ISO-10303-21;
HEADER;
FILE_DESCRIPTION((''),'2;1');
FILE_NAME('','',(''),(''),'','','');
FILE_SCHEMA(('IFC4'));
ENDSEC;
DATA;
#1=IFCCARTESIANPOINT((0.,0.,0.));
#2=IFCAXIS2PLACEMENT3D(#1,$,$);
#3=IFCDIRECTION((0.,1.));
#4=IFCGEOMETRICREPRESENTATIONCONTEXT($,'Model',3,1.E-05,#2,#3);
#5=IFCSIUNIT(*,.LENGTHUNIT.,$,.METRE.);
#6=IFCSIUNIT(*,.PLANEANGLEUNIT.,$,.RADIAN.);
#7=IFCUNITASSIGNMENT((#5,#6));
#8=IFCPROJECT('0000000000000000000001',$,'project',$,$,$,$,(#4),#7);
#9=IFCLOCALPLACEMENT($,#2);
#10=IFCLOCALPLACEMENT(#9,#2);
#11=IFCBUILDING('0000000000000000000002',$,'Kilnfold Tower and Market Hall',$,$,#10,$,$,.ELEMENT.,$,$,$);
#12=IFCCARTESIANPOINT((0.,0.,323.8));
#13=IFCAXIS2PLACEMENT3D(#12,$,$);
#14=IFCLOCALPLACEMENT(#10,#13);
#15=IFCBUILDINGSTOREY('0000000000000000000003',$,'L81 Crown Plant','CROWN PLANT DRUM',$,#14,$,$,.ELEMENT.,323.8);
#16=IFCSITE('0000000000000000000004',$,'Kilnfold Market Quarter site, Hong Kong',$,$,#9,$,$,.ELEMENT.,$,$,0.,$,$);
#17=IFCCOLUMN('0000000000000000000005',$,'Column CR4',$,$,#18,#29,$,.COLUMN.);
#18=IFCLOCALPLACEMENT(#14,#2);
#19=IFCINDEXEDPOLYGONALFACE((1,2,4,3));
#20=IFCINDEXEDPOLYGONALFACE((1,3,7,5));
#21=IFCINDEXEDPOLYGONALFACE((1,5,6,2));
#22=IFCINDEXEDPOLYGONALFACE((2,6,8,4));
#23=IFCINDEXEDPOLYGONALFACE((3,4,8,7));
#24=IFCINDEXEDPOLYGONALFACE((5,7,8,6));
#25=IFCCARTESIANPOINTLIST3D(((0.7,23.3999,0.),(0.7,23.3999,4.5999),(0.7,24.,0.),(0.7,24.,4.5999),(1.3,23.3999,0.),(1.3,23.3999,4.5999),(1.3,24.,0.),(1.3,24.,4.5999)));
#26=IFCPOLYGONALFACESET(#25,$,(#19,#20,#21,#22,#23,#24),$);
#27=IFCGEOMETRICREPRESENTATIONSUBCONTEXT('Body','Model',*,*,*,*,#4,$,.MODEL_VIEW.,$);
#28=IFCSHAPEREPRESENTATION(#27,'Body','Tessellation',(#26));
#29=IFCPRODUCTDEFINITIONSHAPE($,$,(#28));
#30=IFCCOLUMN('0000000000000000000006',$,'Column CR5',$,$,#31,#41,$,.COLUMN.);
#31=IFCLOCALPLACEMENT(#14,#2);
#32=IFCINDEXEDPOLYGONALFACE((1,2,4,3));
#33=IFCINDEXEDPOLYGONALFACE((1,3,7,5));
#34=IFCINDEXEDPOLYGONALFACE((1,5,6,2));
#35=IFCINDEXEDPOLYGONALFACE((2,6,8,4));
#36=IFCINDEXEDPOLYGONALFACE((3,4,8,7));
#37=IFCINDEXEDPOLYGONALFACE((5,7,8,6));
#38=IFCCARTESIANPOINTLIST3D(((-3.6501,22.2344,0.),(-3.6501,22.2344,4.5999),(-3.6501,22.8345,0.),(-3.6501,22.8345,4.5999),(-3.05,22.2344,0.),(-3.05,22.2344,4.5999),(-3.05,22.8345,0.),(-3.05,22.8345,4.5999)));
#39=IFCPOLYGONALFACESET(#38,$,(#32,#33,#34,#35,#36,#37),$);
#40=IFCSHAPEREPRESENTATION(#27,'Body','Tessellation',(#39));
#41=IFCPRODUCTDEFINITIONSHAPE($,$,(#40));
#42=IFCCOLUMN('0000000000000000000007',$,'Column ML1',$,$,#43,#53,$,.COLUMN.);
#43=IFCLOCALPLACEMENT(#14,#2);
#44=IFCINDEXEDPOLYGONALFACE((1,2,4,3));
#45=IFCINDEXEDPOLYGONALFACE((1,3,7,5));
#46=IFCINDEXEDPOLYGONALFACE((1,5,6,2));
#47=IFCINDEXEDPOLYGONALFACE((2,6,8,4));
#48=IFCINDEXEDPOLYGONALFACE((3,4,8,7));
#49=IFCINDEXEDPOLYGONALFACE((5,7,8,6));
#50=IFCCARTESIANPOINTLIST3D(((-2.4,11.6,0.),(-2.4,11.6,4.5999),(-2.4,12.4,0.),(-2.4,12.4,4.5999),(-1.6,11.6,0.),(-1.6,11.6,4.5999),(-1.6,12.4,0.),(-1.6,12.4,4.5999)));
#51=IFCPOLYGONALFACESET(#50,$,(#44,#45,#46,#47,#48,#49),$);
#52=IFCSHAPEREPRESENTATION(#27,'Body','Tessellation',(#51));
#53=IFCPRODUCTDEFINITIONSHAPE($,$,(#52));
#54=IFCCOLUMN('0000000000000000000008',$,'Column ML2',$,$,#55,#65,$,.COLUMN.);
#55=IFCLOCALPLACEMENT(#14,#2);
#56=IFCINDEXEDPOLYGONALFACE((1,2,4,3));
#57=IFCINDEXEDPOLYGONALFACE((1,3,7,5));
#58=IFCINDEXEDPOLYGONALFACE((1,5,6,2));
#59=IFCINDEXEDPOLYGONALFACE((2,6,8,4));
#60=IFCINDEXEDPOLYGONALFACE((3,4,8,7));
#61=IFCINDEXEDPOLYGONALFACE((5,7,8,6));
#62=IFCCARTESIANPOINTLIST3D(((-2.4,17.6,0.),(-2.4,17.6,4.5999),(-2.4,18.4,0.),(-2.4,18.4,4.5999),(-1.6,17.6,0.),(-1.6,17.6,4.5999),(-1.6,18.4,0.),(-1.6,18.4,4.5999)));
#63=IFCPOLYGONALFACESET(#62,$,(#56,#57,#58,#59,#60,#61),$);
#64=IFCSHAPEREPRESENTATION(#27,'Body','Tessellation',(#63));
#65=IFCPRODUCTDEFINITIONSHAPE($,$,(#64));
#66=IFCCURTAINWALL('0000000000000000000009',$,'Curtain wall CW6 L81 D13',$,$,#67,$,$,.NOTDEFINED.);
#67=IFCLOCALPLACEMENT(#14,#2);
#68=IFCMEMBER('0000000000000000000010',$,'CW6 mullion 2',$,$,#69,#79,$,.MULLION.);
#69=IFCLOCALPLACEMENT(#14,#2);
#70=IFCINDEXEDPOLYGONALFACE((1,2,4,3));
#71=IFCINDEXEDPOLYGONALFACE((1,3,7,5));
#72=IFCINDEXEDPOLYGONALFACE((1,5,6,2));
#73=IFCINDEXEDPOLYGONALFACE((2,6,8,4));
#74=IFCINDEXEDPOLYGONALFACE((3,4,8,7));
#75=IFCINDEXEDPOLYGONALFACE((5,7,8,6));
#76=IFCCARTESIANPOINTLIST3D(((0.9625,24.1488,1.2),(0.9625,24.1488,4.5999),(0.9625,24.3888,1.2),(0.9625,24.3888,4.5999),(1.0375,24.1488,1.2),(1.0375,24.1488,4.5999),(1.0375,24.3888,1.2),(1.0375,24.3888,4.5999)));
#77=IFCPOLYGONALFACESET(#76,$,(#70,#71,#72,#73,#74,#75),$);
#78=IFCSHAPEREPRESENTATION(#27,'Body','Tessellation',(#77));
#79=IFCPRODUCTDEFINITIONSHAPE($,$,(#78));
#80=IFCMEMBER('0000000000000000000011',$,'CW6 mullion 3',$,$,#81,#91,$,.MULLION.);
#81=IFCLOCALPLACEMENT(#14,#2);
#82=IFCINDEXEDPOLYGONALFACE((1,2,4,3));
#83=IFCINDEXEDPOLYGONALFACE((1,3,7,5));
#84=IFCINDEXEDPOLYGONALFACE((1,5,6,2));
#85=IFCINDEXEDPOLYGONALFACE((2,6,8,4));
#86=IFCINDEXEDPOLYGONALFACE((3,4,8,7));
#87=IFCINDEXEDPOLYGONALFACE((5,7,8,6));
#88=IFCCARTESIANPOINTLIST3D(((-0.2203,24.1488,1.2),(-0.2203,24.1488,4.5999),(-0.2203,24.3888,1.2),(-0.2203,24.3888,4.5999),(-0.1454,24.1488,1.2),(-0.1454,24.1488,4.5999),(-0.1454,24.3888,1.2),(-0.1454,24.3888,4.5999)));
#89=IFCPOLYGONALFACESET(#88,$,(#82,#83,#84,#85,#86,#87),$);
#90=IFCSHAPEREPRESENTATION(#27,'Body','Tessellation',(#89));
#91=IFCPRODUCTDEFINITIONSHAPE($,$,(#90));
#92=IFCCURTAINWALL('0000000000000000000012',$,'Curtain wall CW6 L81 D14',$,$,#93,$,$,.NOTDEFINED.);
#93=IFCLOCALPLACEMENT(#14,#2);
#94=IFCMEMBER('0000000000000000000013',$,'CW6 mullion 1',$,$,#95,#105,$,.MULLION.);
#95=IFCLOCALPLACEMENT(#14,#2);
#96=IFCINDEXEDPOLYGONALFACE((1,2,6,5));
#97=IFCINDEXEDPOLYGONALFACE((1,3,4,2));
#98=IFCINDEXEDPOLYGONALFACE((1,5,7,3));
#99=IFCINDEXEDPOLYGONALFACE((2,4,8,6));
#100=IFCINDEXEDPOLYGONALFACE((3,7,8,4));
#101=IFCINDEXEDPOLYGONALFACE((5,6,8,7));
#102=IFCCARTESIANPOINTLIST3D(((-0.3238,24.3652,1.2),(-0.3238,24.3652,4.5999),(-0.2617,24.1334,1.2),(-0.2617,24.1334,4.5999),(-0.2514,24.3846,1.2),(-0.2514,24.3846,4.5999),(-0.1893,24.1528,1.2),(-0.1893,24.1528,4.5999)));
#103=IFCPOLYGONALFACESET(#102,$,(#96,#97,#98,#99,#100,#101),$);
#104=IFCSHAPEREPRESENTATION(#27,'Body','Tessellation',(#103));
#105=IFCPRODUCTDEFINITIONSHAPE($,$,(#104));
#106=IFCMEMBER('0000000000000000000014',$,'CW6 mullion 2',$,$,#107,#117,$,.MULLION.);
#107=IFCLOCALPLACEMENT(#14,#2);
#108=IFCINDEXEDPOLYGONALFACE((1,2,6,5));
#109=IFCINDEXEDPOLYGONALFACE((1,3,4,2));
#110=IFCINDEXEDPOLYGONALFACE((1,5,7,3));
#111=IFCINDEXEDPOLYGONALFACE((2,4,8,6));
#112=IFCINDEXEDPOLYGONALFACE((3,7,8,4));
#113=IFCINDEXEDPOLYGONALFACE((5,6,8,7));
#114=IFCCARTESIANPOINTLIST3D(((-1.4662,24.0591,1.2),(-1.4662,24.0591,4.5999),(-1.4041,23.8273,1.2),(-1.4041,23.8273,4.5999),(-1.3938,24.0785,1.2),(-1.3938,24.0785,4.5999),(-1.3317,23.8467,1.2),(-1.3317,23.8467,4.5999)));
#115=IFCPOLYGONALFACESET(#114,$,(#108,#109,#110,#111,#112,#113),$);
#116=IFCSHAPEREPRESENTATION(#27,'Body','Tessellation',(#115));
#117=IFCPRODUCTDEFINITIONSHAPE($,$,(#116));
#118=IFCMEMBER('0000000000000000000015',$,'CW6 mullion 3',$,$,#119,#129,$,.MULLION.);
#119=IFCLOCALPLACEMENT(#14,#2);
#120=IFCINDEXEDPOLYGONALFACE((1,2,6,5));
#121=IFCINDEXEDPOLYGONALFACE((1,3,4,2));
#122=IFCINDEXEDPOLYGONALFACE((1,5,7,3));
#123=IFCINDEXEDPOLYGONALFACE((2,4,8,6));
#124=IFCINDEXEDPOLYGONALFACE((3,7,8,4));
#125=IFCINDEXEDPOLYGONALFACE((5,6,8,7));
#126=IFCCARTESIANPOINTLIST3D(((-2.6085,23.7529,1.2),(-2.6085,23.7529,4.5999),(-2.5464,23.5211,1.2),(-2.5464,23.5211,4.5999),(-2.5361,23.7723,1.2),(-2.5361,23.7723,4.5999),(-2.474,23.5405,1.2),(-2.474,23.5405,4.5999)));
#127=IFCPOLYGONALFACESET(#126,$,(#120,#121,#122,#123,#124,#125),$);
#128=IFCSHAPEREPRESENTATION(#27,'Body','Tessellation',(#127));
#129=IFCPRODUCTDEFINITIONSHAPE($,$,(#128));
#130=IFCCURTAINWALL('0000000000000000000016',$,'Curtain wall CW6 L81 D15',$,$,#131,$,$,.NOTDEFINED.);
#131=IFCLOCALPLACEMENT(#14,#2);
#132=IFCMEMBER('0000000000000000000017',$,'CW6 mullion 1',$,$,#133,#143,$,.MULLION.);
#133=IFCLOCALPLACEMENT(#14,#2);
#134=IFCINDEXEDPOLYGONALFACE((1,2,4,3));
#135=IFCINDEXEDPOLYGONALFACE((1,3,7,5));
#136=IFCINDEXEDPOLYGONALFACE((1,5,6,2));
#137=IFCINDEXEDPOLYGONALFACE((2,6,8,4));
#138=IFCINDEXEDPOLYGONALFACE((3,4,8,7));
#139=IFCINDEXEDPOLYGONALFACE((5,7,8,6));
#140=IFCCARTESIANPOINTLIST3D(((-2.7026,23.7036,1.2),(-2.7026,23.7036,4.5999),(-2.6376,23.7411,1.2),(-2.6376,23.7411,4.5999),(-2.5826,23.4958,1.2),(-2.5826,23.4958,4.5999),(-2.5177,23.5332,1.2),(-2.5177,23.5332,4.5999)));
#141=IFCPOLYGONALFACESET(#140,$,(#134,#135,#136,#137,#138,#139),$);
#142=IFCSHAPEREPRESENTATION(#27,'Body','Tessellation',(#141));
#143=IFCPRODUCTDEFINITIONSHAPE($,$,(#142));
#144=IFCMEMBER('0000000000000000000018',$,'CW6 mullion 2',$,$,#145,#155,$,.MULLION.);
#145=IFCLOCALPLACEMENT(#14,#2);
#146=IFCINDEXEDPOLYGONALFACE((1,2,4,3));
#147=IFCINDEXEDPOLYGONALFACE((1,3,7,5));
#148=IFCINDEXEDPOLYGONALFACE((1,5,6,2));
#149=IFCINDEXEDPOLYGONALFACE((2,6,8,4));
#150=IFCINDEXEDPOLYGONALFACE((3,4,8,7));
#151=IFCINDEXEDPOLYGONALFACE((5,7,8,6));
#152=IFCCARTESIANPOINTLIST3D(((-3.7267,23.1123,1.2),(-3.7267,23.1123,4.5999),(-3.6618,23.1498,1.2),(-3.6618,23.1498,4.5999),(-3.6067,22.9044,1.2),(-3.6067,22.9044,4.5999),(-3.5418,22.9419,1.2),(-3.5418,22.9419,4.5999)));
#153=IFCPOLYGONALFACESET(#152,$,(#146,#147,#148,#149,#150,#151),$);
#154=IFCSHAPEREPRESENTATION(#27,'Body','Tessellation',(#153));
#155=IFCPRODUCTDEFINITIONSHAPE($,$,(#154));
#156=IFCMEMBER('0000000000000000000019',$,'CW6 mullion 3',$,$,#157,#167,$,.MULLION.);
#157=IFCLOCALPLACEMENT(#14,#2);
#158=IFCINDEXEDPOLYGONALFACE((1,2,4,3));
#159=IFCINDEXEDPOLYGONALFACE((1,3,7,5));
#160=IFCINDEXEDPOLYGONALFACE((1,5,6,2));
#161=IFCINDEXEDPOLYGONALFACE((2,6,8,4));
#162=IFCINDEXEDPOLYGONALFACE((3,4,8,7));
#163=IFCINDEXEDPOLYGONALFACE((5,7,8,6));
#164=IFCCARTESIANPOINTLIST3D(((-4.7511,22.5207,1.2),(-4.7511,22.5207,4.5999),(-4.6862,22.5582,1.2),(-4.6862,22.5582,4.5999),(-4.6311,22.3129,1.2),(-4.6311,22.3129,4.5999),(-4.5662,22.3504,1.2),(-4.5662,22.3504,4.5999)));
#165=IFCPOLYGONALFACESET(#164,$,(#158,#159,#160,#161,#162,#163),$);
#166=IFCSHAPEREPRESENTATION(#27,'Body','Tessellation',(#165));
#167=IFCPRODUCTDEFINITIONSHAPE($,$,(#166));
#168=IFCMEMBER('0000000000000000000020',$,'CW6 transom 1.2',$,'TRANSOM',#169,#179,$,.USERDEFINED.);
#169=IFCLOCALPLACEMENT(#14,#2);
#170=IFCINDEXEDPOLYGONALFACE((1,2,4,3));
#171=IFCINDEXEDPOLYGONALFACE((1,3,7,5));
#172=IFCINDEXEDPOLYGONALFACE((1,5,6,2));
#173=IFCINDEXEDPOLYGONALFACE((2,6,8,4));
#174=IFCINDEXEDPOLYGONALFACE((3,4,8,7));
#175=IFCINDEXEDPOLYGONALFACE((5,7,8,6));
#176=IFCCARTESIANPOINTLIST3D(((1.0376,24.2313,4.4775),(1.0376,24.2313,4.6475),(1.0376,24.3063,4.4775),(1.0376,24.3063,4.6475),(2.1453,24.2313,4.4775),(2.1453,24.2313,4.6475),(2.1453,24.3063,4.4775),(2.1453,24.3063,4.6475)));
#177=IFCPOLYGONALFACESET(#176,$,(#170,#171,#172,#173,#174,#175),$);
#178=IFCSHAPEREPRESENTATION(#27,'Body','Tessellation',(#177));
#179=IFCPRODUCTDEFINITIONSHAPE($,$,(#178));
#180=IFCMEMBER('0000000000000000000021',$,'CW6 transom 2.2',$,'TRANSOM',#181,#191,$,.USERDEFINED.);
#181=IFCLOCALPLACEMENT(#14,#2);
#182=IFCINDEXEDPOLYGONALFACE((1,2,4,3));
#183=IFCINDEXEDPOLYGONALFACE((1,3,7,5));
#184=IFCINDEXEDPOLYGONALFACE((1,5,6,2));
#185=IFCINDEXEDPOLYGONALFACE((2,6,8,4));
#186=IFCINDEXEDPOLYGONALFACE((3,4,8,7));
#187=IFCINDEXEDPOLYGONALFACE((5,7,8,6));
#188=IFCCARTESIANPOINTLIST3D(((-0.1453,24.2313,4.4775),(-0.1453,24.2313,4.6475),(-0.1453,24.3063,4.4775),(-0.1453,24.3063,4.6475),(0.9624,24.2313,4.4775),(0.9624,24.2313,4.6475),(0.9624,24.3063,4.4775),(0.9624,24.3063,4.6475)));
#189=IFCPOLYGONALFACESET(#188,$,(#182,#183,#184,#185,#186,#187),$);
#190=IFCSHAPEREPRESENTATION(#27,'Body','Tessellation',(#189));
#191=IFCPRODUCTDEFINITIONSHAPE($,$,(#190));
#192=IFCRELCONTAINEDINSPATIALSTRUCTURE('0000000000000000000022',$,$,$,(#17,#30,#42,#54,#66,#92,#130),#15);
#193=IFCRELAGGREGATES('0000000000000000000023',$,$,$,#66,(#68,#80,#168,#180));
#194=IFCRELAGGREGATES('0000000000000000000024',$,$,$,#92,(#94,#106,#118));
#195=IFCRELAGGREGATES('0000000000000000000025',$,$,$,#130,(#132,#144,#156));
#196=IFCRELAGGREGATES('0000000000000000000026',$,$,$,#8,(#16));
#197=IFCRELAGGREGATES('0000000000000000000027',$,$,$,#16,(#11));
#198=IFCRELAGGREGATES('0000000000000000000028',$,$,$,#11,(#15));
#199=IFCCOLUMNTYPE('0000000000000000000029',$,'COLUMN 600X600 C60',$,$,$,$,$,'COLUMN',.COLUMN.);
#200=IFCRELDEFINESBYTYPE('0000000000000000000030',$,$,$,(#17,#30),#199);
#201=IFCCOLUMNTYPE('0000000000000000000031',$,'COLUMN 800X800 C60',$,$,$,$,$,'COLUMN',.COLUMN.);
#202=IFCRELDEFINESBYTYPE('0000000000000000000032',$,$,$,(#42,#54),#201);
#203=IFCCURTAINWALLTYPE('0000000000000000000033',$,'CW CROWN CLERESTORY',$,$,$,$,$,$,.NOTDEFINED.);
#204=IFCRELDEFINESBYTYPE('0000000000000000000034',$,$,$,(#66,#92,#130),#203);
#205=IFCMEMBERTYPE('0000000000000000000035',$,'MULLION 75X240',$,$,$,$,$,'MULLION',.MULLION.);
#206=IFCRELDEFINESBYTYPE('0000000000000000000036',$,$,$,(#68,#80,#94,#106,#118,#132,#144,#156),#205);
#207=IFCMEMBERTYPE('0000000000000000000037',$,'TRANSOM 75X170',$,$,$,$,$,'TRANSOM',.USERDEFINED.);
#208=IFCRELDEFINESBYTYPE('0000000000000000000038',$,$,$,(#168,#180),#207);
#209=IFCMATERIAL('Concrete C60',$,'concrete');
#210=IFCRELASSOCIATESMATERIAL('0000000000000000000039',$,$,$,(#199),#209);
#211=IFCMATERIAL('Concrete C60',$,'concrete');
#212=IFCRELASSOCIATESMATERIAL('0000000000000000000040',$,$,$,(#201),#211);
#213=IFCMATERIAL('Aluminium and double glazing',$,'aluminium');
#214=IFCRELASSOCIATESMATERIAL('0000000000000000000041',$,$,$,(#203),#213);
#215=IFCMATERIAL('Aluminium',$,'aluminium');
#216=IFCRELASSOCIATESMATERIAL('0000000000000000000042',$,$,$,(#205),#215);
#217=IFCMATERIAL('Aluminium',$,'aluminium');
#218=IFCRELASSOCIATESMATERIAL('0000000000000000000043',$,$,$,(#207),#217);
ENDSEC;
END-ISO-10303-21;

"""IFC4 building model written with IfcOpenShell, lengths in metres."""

from ifc_helpers import new_model, si_unit, direction, frame, origin, origin_2d, place, context, subcontext, project, spatial, rectangle, extrude, source, transform, mapped, material, material_profile, profile_set, type_object, element, aggregate, save


model = new_model("IFC4")

# Units and contexts
model_context = context("Model", 3, precision=1e-05, world=origin(), true_north=direction((0.0, 1.0)))
body_context = subcontext(model_context, "Body", "Model", "MODEL_VIEW")
ifc_project = project(units=[si_unit("LENGTHUNIT", "METRE"), si_unit("PLANEANGLEUNIT", "RADIAN")], contexts=[model_context])

# Site, building, storey
site_placement = place(None, origin())
site = spatial("IfcSite", under=ifc_project, at=site_placement, Name="Kilnfold Market Quarter site, Hong Kong", CompositionType="ELEMENT", RefElevation=0.0)
building_placement = place(site_placement, origin())
building = spatial("IfcBuilding", under=site, at=building_placement, Name="Kilnfold Tower and Market Hall", CompositionType="ELEMENT")
storey_placement = place(building_placement, frame((0.0, 0.0, 323.8)))
storey = spatial("IfcBuildingStorey", under=building, at=storey_placement, Name="L81 Crown Plant", Description="CROWN PLANT DRUM", CompositionType="ELEMENT", Elevation=323.8)

# Columns
ifc_material_1 = material(Name="Concrete C60", Category="concrete")
ifc_material_profile_1 = material_profile(ifc_material_1, rectangle(XDim=0.6001, YDim=0.6001, at=origin_2d()), Name="RC 600x600")
ifc_profile_set_1 = profile_set([ifc_material_profile_1], Name="Concrete C60")
column_type_1 = type_object("IfcColumnType", Name="COLUMN 600X600 C60", ElementType="COLUMN", PredefinedType="COLUMN", material=ifc_profile_set_1)
shared_shape_1 = source(origin(), body_context, "Body", "SweptSolid", [
    extrude(rectangle(XDim=0.6001, YDim=0.6001, at=origin_2d()), origin(), (0.0, 0.0, 1.0), 4.5999),
])
for number, where, z_axis, x_axis, name in (
    (1, (1.0, 23.7, 0.0), (0.0, 0.0, 1.0), (1.0, 0.0, 0.0), "Column CR4"),
    (2, (-3.3501, 22.5344, 0.0), (0.0, 0.0, 1.0), (1.0, 0.0, 0.0), "Column CR5"),
):
    element("IfcColumn", number, at=place(storey_placement, frame(where, z_axis=z_axis, x_axis=x_axis)), inside=storey, type_object=column_type_1, Name=name, PredefinedType="COLUMN", context=body_context, shape_type="MappedRepresentation", body=[
        mapped(shared_shape_1, transform((0.0, 0.0, 0.0))),
    ])
ifc_material_2 = material(Name="Concrete C60", Category="concrete")
ifc_material_profile_2 = material_profile(ifc_material_2, rectangle(XDim=0.8, YDim=0.8, at=origin_2d()), Name="RC 800x800")
ifc_profile_set_2 = profile_set([ifc_material_profile_2], Name="Concrete C60")
column_type_2 = type_object("IfcColumnType", Name="COLUMN 800X800 C60", ElementType="COLUMN", PredefinedType="COLUMN", material=ifc_profile_set_2)
shared_shape_2 = source(origin(), body_context, "Body", "SweptSolid", [
    extrude(rectangle(XDim=0.8, YDim=0.8, at=origin_2d()), origin(), (0.0, 0.0, 1.0), 4.5999),
])
for number, where, z_axis, x_axis, name in (
    (3, (-2.0, 12.0, 0.0), (0.0, 0.0, 1.0), (1.0, 0.0, 0.0), "Column ML1"),
    (4, (-2.0, 18.0, 0.0), (0.0, 0.0, 1.0), (1.0, 0.0, 0.0), "Column ML2"),
):
    element("IfcColumn", number, at=place(storey_placement, frame(where, z_axis=z_axis, x_axis=x_axis)), inside=storey, type_object=column_type_2, Name=name, PredefinedType="COLUMN", context=body_context, shape_type="MappedRepresentation", body=[
        mapped(shared_shape_2, transform((0.0, 0.0, 0.0))),
    ])

# Curtain walls, members
ifc_material_3 = material(Name="Aluminium and double glazing", Category="aluminium")
curtain_wall_type = type_object("IfcCurtainWallType", Name="CW CROWN CLERESTORY", PredefinedType="NOTDEFINED", material=ifc_material_3)
curtain_wall_1_placement = place(storey_placement, origin())
curtain_wall_1 = element("IfcCurtainWall", 5, at=curtain_wall_1_placement, inside=storey, type_object=curtain_wall_type, Name="Curtain wall CW6 L81 D13", PredefinedType="NOTDEFINED")
ifc_material_4 = material(Name="Aluminium", Category="aluminium")
ifc_material_profile_3 = material_profile(ifc_material_4, rectangle(XDim=0.075, YDim=0.24, at=origin_2d()), Name="MULLION 75x240")
ifc_profile_set_3 = profile_set([ifc_material_profile_3], Name="Aluminium")
member_type_1 = type_object("IfcMemberType", Name="MULLION 75X240", ElementType="MULLION", PredefinedType="MULLION", material=ifc_profile_set_3)
shared_shape_3 = source(origin(), body_context, "Body", "SweptSolid", [
    extrude(rectangle(XDim=0.075, YDim=0.24, at=origin_2d()), origin(), (0.0, 0.0, 1.0), 3.3999),
])
member_1_placement = place(storey_placement, frame((1.0, 24.2688, 1.2), z_axis=(0.0, 0.0, 1.0), x_axis=(-1.0, 0.0, 0.0)))
member_1 = element("IfcMember", 6, at=member_1_placement, type_object=member_type_1, Name="CW6 mullion 2", PredefinedType="MULLION", context=body_context, shape_type="MappedRepresentation", body=[
    mapped(shared_shape_3, transform((0.0, 0.0, 0.0))),
])
member_2_placement = place(storey_placement, frame((-0.1829, 24.2688, 1.2), z_axis=(0.0, 0.0, 1.0), x_axis=(-1.0, 0.0, 0.0)))
member_2 = element("IfcMember", 7, at=member_2_placement, type_object=member_type_1, Name="CW6 mullion 3", PredefinedType="MULLION", context=body_context, shape_type="MappedRepresentation", body=[
    mapped(shared_shape_3, transform((0.0, 0.0, 0.0))),
])
curtain_wall_2_placement = place(storey_placement, origin())
curtain_wall_2 = element("IfcCurtainWall", 8, at=curtain_wall_2_placement, inside=storey, type_object=curtain_wall_type, Name="Curtain wall CW6 L81 D14", PredefinedType="NOTDEFINED")
member_3_placement = place(storey_placement, frame((-0.2566, 24.259, 1.2), z_axis=(0.0, 0.0, 1.0), x_axis=(-0.96593, -0.258805, 0.0)))
member_3 = element("IfcMember", 9, at=member_3_placement, type_object=member_type_1, Name="CW6 mullion 1", PredefinedType="MULLION", context=body_context, shape_type="MappedRepresentation", body=[
    mapped(shared_shape_3, transform((0.0, 0.0, 0.0))),
])
member_4_placement = place(storey_placement, frame((-1.3989, 23.9529, 1.2), z_axis=(0.0, 0.0, 1.0), x_axis=(-0.96593, -0.258805, 0.0)))
member_4 = element("IfcMember", 10, at=member_4_placement, type_object=member_type_1, Name="CW6 mullion 2", PredefinedType="MULLION", context=body_context, shape_type="MappedRepresentation", body=[
    mapped(shared_shape_3, transform((0.0, 0.0, 0.0))),
])
member_5_placement = place(storey_placement, frame((-2.5413, 23.6467, 1.2), z_axis=(0.0, 0.0, 1.0), x_axis=(-0.96593, -0.258805, 0.0)))
member_5 = element("IfcMember", 11, at=member_5_placement, type_object=member_type_1, Name="CW6 mullion 3", PredefinedType="MULLION", context=body_context, shape_type="MappedRepresentation", body=[
    mapped(shared_shape_3, transform((0.0, 0.0, 0.0))),
])
curtain_wall_3_placement = place(storey_placement, origin())
curtain_wall_3 = element("IfcCurtainWall", 12, at=curtain_wall_3_placement, inside=storey, type_object=curtain_wall_type, Name="Curtain wall CW6 L81 D15", PredefinedType="NOTDEFINED")
member_6_placement = place(storey_placement, frame((-2.6101, 23.6184, 1.2), z_axis=(0.0, 0.0, 1.0), x_axis=(-0.866031, -0.499991, 0.0)))
member_6 = element("IfcMember", 13, at=member_6_placement, type_object=member_type_1, Name="CW6 mullion 1", PredefinedType="MULLION", context=body_context, shape_type="MappedRepresentation", body=[
    mapped(shared_shape_3, transform((0.0, 0.0, 0.0))),
])
member_7_placement = place(storey_placement, frame((-3.6343, 23.0271, 1.2), z_axis=(0.0, 0.0, 1.0), x_axis=(-0.866031, -0.499991, 0.0)))
member_7 = element("IfcMember", 14, at=member_7_placement, type_object=member_type_1, Name="CW6 mullion 2", PredefinedType="MULLION", context=body_context, shape_type="MappedRepresentation", body=[
    mapped(shared_shape_3, transform((0.0, 0.0, 0.0))),
])
member_8_placement = place(storey_placement, frame((-4.6587, 22.4355, 1.2), z_axis=(0.0, 0.0, 1.0), x_axis=(-0.866031, -0.499991, 0.0)))
member_8 = element("IfcMember", 15, at=member_8_placement, type_object=member_type_1, Name="CW6 mullion 3", PredefinedType="MULLION", context=body_context, shape_type="MappedRepresentation", body=[
    mapped(shared_shape_3, transform((0.0, 0.0, 0.0))),
])

# Members
ifc_material_5 = material(Name="Aluminium", Category="aluminium")
ifc_material_profile_4 = material_profile(ifc_material_5, rectangle(XDim=0.075, YDim=0.1699, at=origin_2d()), Name="TRANSOM 75x170")
ifc_profile_set_4 = profile_set([ifc_material_profile_4], Name="Aluminium")
member_type_2 = type_object("IfcMemberType", Name="TRANSOM 75X170", ElementType="TRANSOM", PredefinedType="USERDEFINED", material=ifc_profile_set_4)
shared_shape_4 = source(origin(), body_context, "Body", "SweptSolid", [
    extrude(rectangle(XDim=0.075, YDim=0.1699, at=origin_2d()), origin(), (0.0, 0.0, 1.0), 1.1077),
])
member_9_placement = place(storey_placement, frame((2.1453, 24.2688, 4.5625), z_axis=(-1.0, 0.0, 0.0), x_axis=(0.0, -1.0, 0.0)))
member_9 = element("IfcMember", 16, at=member_9_placement, type_object=member_type_2, Name="CW6 transom 1.2", ObjectType="TRANSOM", PredefinedType="USERDEFINED", context=body_context, shape_type="MappedRepresentation", body=[
    mapped(shared_shape_4, transform((0.0, 0.0, 0.0))),
])
member_10_placement = place(storey_placement, frame((0.9624, 24.2688, 4.5625), z_axis=(-1.0, 0.0, 0.0), x_axis=(0.0, -1.0, 0.0)))
member_10 = element("IfcMember", 17, at=member_10_placement, type_object=member_type_2, Name="CW6 transom 2.2", ObjectType="TRANSOM", PredefinedType="USERDEFINED", context=body_context, shape_type="MappedRepresentation", body=[
    mapped(shared_shape_4, transform((0.0, 0.0, 0.0))),
])

aggregate(curtain_wall_1, [member_1, member_2, member_9, member_10])
aggregate(curtain_wall_2, [member_3, member_4, member_5])
aggregate(curtain_wall_3, [member_6, member_7, member_8])

save(model, "model.ifc")
